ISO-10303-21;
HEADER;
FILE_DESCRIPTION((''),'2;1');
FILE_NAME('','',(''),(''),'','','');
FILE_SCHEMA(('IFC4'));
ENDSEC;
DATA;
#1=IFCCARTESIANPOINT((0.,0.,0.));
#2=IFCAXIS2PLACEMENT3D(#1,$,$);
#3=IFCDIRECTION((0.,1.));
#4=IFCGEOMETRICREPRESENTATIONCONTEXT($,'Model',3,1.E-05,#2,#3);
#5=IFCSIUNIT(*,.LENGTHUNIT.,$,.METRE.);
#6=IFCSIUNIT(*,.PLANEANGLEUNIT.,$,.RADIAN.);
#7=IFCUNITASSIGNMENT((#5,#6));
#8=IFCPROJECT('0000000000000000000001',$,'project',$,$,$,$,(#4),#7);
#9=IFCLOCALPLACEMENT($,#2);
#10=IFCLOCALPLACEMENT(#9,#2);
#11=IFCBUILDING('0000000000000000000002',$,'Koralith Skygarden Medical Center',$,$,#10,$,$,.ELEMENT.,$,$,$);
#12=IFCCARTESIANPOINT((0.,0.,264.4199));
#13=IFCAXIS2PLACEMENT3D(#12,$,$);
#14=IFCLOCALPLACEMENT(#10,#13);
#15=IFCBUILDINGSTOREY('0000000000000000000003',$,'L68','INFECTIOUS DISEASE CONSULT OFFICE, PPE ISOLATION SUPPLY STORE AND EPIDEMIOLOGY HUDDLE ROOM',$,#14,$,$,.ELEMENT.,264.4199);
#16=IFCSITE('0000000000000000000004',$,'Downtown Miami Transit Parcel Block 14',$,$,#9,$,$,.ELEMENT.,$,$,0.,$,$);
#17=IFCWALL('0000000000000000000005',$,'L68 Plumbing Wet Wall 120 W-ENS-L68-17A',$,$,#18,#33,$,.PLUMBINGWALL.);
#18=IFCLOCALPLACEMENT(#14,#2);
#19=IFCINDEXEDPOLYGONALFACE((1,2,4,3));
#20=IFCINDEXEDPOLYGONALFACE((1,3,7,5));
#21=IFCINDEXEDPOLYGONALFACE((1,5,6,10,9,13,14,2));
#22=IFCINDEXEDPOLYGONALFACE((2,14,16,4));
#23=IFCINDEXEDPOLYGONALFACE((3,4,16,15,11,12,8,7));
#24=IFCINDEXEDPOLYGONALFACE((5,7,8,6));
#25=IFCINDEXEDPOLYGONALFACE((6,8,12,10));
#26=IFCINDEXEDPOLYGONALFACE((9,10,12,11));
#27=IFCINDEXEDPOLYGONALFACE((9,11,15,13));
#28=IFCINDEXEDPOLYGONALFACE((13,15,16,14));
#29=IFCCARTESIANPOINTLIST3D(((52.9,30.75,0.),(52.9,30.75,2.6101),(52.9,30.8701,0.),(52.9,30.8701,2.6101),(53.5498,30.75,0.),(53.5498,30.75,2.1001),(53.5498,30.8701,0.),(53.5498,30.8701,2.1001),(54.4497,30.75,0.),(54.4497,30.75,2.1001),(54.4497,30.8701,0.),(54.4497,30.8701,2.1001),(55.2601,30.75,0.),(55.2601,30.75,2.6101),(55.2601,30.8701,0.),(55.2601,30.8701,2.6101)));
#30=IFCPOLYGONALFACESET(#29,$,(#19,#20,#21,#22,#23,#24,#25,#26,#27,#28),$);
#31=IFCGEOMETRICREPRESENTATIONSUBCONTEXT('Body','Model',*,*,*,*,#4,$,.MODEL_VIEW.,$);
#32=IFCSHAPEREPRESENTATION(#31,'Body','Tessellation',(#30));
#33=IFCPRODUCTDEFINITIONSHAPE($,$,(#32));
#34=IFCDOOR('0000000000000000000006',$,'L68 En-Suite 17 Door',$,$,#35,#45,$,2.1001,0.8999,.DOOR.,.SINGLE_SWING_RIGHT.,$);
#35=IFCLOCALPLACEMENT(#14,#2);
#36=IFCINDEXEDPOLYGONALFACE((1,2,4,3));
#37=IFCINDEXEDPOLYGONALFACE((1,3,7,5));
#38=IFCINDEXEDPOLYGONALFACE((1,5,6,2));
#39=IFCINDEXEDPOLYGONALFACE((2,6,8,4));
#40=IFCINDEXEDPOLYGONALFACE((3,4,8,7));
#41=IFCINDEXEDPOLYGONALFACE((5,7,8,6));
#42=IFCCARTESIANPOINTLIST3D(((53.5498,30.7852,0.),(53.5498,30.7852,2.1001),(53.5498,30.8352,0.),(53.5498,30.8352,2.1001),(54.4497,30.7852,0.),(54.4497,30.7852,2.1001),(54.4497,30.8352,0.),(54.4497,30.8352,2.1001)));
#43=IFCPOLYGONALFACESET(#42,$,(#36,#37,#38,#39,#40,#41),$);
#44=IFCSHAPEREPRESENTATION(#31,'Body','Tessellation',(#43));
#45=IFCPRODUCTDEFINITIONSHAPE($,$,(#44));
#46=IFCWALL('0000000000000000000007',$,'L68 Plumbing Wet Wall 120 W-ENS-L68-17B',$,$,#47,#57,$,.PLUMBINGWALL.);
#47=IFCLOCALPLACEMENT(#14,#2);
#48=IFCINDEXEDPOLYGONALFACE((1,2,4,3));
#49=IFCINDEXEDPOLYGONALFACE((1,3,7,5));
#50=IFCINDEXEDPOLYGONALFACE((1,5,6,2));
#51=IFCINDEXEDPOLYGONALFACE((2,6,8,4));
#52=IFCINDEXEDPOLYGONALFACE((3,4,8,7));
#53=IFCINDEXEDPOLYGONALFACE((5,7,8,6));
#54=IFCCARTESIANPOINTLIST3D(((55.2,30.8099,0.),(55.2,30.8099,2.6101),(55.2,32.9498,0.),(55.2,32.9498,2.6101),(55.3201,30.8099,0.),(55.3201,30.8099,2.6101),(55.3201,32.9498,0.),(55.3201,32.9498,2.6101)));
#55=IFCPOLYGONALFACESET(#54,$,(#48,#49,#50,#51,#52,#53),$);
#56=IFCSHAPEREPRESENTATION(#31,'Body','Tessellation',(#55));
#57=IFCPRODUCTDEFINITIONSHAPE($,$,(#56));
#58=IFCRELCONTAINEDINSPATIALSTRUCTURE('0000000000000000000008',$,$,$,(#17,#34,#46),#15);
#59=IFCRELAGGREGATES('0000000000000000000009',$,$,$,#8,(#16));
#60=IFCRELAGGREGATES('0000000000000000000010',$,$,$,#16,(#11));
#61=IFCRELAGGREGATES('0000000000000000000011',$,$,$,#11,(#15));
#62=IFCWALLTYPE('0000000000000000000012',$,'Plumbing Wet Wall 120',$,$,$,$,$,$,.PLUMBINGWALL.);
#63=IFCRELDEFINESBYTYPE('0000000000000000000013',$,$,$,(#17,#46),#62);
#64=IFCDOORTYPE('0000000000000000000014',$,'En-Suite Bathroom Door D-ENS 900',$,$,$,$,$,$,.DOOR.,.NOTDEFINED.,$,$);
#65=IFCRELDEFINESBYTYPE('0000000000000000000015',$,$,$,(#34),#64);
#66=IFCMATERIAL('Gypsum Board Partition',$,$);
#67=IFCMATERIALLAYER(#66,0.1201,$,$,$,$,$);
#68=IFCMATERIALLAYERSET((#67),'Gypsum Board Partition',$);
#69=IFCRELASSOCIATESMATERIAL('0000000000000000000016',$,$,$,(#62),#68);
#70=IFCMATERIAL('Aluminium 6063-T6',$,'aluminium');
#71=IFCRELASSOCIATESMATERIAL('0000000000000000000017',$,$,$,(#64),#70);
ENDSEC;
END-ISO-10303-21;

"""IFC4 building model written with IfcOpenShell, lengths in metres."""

from ifc_helpers import new_model, si_unit, direction, frame, frame_2d, origin, place, context, subcontext, project, spatial, rectangle, extrude, material, layer, layer_set, type_object, element, fill, save


model = new_model("IFC4")

# Units and contexts
model_context = context("Model", 3, precision=1e-05, world=origin(), true_north=direction((0.0, 1.0)))
body_context = subcontext(model_context, "Body", "Model", "MODEL_VIEW")
ifc_project = project(units=[si_unit("LENGTHUNIT", "METRE"), si_unit("PLANEANGLEUNIT", "RADIAN")], contexts=[model_context])

# Site, building, storey
site_placement = place(None, origin())
site = spatial("IfcSite", under=ifc_project, at=site_placement, Name="Downtown Miami Transit Parcel Block 14", CompositionType="ELEMENT", RefElevation=0.0)
building_placement = place(site_placement, origin())
building = spatial("IfcBuilding", under=site, at=building_placement, Name="Koralith Skygarden Medical Center", CompositionType="ELEMENT")
storey_placement = place(building_placement, frame((0.0, 0.0, 264.4199)))
storey = spatial("IfcBuildingStorey", under=building, at=storey_placement, Name="L68", Description="INFECTIOUS DISEASE CONSULT OFFICE, PPE ISOLATION SUPPLY STORE AND EPIDEMIOLOGY HUDDLE ROOM", CompositionType="ELEMENT", Elevation=264.4199)

# Shared definitions
ifc_material_1 = material(Name="Aluminium 6063-T6", Category="aluminium")

# Shared definitions
ifc_material_2 = material(Name="Gypsum Board Partition")

# Wall, opening, door
ifc_layer_1 = layer(ifc_material_2, 0.1201)
ifc_layer_set_1 = layer_set([ifc_layer_1], Name="Gypsum Board Partition")
wall_type_1 = type_object("IfcWallType", Name="Plumbing Wet Wall 120", PredefinedType="PLUMBINGWALL", material=ifc_layer_set_1)
wall_1_placement = place(storey_placement, frame((52.8999, 30.8101, 0.0), z_axis=(0.0, 0.0, 1.0), x_axis=(1.0, 0.0, 0.0)))
wall_1 = element("IfcWall", 1, at=wall_1_placement, inside=storey, type_object=wall_type_1, Name="L68 Plumbing Wet Wall 120 W-ENS-L68-17A", PredefinedType="PLUMBINGWALL", context=body_context, shape_type="SweptSolid", body=[
    extrude(rectangle(XDim=2.3601, YDim=0.1201, at=frame_2d((1.1802, 0.0))), origin(), (0.0, 0.0, 1.0), 2.6101),
])
opening_1_placement = place(wall_1_placement, frame((0.6499, 0.0, 0.0)))
opening_1 = element("IfcOpeningElement", 2, at=opening_1_placement, cuts=wall_1, PredefinedType="OPENING", context=body_context, shape_type="SweptSolid", body=[
    extrude(rectangle(XDim=0.8999, YDim=2.1001, at=frame_2d((0.45, 1.05))), frame((0.0, 0.0701, 0.0), z_axis=(0.0, -1.0, 0.0), x_axis=(1.0, 0.0, 0.0)), (0.0, 0.0, 1.0), 0.1401),
])
door_type_1 = type_object("IfcDoorType", Name="En-Suite Bathroom Door D-ENS 900", OperationType="NOTDEFINED", PredefinedType="DOOR", material=ifc_material_1)
door_1_placement = place(opening_1_placement, frame((0.8999, 0.0, 0.0), z_axis=(0.0, 0.0, 1.0), x_axis=(-1.0, 0.0, 0.0)))
door_1 = element("IfcDoor", 3, at=door_1_placement, inside=storey, type_object=door_type_1, Name="L68 En-Suite 17 Door", OperationType="SINGLE_SWING_RIGHT", OverallHeight=2.1001, OverallWidth=0.8999, PredefinedType="DOOR", context=body_context, shape_type="SweptSolid", body=[
    extrude(rectangle(XDim=0.8999, YDim=2.1001, at=frame_2d((0.45, 1.05))), frame((0.0, 0.0249, 0.0), z_axis=(0.0, -1.0, 0.0), x_axis=(1.0, 0.0, 0.0)), (0.0, 0.0, 1.0), 0.05),
])
fill(opening_1, door_1)

# Wall
wall_2_placement = place(storey_placement, frame((55.26, 30.8101, 0.0), z_axis=(0.0, 0.0, 1.0), x_axis=(0.0, 1.0, 0.0)))
element("IfcWall", 4, at=wall_2_placement, inside=storey, type_object=wall_type_1, Name="L68 Plumbing Wet Wall 120 W-ENS-L68-17B", PredefinedType="PLUMBINGWALL", context=body_context, shape_type="SweptSolid", body=[
    extrude(rectangle(XDim=2.1399, YDim=0.1201, at=frame_2d((1.0698, 0.0))), origin(), (0.0, 0.0, 1.0), 2.6101),
])

save(model, "model.ifc")
